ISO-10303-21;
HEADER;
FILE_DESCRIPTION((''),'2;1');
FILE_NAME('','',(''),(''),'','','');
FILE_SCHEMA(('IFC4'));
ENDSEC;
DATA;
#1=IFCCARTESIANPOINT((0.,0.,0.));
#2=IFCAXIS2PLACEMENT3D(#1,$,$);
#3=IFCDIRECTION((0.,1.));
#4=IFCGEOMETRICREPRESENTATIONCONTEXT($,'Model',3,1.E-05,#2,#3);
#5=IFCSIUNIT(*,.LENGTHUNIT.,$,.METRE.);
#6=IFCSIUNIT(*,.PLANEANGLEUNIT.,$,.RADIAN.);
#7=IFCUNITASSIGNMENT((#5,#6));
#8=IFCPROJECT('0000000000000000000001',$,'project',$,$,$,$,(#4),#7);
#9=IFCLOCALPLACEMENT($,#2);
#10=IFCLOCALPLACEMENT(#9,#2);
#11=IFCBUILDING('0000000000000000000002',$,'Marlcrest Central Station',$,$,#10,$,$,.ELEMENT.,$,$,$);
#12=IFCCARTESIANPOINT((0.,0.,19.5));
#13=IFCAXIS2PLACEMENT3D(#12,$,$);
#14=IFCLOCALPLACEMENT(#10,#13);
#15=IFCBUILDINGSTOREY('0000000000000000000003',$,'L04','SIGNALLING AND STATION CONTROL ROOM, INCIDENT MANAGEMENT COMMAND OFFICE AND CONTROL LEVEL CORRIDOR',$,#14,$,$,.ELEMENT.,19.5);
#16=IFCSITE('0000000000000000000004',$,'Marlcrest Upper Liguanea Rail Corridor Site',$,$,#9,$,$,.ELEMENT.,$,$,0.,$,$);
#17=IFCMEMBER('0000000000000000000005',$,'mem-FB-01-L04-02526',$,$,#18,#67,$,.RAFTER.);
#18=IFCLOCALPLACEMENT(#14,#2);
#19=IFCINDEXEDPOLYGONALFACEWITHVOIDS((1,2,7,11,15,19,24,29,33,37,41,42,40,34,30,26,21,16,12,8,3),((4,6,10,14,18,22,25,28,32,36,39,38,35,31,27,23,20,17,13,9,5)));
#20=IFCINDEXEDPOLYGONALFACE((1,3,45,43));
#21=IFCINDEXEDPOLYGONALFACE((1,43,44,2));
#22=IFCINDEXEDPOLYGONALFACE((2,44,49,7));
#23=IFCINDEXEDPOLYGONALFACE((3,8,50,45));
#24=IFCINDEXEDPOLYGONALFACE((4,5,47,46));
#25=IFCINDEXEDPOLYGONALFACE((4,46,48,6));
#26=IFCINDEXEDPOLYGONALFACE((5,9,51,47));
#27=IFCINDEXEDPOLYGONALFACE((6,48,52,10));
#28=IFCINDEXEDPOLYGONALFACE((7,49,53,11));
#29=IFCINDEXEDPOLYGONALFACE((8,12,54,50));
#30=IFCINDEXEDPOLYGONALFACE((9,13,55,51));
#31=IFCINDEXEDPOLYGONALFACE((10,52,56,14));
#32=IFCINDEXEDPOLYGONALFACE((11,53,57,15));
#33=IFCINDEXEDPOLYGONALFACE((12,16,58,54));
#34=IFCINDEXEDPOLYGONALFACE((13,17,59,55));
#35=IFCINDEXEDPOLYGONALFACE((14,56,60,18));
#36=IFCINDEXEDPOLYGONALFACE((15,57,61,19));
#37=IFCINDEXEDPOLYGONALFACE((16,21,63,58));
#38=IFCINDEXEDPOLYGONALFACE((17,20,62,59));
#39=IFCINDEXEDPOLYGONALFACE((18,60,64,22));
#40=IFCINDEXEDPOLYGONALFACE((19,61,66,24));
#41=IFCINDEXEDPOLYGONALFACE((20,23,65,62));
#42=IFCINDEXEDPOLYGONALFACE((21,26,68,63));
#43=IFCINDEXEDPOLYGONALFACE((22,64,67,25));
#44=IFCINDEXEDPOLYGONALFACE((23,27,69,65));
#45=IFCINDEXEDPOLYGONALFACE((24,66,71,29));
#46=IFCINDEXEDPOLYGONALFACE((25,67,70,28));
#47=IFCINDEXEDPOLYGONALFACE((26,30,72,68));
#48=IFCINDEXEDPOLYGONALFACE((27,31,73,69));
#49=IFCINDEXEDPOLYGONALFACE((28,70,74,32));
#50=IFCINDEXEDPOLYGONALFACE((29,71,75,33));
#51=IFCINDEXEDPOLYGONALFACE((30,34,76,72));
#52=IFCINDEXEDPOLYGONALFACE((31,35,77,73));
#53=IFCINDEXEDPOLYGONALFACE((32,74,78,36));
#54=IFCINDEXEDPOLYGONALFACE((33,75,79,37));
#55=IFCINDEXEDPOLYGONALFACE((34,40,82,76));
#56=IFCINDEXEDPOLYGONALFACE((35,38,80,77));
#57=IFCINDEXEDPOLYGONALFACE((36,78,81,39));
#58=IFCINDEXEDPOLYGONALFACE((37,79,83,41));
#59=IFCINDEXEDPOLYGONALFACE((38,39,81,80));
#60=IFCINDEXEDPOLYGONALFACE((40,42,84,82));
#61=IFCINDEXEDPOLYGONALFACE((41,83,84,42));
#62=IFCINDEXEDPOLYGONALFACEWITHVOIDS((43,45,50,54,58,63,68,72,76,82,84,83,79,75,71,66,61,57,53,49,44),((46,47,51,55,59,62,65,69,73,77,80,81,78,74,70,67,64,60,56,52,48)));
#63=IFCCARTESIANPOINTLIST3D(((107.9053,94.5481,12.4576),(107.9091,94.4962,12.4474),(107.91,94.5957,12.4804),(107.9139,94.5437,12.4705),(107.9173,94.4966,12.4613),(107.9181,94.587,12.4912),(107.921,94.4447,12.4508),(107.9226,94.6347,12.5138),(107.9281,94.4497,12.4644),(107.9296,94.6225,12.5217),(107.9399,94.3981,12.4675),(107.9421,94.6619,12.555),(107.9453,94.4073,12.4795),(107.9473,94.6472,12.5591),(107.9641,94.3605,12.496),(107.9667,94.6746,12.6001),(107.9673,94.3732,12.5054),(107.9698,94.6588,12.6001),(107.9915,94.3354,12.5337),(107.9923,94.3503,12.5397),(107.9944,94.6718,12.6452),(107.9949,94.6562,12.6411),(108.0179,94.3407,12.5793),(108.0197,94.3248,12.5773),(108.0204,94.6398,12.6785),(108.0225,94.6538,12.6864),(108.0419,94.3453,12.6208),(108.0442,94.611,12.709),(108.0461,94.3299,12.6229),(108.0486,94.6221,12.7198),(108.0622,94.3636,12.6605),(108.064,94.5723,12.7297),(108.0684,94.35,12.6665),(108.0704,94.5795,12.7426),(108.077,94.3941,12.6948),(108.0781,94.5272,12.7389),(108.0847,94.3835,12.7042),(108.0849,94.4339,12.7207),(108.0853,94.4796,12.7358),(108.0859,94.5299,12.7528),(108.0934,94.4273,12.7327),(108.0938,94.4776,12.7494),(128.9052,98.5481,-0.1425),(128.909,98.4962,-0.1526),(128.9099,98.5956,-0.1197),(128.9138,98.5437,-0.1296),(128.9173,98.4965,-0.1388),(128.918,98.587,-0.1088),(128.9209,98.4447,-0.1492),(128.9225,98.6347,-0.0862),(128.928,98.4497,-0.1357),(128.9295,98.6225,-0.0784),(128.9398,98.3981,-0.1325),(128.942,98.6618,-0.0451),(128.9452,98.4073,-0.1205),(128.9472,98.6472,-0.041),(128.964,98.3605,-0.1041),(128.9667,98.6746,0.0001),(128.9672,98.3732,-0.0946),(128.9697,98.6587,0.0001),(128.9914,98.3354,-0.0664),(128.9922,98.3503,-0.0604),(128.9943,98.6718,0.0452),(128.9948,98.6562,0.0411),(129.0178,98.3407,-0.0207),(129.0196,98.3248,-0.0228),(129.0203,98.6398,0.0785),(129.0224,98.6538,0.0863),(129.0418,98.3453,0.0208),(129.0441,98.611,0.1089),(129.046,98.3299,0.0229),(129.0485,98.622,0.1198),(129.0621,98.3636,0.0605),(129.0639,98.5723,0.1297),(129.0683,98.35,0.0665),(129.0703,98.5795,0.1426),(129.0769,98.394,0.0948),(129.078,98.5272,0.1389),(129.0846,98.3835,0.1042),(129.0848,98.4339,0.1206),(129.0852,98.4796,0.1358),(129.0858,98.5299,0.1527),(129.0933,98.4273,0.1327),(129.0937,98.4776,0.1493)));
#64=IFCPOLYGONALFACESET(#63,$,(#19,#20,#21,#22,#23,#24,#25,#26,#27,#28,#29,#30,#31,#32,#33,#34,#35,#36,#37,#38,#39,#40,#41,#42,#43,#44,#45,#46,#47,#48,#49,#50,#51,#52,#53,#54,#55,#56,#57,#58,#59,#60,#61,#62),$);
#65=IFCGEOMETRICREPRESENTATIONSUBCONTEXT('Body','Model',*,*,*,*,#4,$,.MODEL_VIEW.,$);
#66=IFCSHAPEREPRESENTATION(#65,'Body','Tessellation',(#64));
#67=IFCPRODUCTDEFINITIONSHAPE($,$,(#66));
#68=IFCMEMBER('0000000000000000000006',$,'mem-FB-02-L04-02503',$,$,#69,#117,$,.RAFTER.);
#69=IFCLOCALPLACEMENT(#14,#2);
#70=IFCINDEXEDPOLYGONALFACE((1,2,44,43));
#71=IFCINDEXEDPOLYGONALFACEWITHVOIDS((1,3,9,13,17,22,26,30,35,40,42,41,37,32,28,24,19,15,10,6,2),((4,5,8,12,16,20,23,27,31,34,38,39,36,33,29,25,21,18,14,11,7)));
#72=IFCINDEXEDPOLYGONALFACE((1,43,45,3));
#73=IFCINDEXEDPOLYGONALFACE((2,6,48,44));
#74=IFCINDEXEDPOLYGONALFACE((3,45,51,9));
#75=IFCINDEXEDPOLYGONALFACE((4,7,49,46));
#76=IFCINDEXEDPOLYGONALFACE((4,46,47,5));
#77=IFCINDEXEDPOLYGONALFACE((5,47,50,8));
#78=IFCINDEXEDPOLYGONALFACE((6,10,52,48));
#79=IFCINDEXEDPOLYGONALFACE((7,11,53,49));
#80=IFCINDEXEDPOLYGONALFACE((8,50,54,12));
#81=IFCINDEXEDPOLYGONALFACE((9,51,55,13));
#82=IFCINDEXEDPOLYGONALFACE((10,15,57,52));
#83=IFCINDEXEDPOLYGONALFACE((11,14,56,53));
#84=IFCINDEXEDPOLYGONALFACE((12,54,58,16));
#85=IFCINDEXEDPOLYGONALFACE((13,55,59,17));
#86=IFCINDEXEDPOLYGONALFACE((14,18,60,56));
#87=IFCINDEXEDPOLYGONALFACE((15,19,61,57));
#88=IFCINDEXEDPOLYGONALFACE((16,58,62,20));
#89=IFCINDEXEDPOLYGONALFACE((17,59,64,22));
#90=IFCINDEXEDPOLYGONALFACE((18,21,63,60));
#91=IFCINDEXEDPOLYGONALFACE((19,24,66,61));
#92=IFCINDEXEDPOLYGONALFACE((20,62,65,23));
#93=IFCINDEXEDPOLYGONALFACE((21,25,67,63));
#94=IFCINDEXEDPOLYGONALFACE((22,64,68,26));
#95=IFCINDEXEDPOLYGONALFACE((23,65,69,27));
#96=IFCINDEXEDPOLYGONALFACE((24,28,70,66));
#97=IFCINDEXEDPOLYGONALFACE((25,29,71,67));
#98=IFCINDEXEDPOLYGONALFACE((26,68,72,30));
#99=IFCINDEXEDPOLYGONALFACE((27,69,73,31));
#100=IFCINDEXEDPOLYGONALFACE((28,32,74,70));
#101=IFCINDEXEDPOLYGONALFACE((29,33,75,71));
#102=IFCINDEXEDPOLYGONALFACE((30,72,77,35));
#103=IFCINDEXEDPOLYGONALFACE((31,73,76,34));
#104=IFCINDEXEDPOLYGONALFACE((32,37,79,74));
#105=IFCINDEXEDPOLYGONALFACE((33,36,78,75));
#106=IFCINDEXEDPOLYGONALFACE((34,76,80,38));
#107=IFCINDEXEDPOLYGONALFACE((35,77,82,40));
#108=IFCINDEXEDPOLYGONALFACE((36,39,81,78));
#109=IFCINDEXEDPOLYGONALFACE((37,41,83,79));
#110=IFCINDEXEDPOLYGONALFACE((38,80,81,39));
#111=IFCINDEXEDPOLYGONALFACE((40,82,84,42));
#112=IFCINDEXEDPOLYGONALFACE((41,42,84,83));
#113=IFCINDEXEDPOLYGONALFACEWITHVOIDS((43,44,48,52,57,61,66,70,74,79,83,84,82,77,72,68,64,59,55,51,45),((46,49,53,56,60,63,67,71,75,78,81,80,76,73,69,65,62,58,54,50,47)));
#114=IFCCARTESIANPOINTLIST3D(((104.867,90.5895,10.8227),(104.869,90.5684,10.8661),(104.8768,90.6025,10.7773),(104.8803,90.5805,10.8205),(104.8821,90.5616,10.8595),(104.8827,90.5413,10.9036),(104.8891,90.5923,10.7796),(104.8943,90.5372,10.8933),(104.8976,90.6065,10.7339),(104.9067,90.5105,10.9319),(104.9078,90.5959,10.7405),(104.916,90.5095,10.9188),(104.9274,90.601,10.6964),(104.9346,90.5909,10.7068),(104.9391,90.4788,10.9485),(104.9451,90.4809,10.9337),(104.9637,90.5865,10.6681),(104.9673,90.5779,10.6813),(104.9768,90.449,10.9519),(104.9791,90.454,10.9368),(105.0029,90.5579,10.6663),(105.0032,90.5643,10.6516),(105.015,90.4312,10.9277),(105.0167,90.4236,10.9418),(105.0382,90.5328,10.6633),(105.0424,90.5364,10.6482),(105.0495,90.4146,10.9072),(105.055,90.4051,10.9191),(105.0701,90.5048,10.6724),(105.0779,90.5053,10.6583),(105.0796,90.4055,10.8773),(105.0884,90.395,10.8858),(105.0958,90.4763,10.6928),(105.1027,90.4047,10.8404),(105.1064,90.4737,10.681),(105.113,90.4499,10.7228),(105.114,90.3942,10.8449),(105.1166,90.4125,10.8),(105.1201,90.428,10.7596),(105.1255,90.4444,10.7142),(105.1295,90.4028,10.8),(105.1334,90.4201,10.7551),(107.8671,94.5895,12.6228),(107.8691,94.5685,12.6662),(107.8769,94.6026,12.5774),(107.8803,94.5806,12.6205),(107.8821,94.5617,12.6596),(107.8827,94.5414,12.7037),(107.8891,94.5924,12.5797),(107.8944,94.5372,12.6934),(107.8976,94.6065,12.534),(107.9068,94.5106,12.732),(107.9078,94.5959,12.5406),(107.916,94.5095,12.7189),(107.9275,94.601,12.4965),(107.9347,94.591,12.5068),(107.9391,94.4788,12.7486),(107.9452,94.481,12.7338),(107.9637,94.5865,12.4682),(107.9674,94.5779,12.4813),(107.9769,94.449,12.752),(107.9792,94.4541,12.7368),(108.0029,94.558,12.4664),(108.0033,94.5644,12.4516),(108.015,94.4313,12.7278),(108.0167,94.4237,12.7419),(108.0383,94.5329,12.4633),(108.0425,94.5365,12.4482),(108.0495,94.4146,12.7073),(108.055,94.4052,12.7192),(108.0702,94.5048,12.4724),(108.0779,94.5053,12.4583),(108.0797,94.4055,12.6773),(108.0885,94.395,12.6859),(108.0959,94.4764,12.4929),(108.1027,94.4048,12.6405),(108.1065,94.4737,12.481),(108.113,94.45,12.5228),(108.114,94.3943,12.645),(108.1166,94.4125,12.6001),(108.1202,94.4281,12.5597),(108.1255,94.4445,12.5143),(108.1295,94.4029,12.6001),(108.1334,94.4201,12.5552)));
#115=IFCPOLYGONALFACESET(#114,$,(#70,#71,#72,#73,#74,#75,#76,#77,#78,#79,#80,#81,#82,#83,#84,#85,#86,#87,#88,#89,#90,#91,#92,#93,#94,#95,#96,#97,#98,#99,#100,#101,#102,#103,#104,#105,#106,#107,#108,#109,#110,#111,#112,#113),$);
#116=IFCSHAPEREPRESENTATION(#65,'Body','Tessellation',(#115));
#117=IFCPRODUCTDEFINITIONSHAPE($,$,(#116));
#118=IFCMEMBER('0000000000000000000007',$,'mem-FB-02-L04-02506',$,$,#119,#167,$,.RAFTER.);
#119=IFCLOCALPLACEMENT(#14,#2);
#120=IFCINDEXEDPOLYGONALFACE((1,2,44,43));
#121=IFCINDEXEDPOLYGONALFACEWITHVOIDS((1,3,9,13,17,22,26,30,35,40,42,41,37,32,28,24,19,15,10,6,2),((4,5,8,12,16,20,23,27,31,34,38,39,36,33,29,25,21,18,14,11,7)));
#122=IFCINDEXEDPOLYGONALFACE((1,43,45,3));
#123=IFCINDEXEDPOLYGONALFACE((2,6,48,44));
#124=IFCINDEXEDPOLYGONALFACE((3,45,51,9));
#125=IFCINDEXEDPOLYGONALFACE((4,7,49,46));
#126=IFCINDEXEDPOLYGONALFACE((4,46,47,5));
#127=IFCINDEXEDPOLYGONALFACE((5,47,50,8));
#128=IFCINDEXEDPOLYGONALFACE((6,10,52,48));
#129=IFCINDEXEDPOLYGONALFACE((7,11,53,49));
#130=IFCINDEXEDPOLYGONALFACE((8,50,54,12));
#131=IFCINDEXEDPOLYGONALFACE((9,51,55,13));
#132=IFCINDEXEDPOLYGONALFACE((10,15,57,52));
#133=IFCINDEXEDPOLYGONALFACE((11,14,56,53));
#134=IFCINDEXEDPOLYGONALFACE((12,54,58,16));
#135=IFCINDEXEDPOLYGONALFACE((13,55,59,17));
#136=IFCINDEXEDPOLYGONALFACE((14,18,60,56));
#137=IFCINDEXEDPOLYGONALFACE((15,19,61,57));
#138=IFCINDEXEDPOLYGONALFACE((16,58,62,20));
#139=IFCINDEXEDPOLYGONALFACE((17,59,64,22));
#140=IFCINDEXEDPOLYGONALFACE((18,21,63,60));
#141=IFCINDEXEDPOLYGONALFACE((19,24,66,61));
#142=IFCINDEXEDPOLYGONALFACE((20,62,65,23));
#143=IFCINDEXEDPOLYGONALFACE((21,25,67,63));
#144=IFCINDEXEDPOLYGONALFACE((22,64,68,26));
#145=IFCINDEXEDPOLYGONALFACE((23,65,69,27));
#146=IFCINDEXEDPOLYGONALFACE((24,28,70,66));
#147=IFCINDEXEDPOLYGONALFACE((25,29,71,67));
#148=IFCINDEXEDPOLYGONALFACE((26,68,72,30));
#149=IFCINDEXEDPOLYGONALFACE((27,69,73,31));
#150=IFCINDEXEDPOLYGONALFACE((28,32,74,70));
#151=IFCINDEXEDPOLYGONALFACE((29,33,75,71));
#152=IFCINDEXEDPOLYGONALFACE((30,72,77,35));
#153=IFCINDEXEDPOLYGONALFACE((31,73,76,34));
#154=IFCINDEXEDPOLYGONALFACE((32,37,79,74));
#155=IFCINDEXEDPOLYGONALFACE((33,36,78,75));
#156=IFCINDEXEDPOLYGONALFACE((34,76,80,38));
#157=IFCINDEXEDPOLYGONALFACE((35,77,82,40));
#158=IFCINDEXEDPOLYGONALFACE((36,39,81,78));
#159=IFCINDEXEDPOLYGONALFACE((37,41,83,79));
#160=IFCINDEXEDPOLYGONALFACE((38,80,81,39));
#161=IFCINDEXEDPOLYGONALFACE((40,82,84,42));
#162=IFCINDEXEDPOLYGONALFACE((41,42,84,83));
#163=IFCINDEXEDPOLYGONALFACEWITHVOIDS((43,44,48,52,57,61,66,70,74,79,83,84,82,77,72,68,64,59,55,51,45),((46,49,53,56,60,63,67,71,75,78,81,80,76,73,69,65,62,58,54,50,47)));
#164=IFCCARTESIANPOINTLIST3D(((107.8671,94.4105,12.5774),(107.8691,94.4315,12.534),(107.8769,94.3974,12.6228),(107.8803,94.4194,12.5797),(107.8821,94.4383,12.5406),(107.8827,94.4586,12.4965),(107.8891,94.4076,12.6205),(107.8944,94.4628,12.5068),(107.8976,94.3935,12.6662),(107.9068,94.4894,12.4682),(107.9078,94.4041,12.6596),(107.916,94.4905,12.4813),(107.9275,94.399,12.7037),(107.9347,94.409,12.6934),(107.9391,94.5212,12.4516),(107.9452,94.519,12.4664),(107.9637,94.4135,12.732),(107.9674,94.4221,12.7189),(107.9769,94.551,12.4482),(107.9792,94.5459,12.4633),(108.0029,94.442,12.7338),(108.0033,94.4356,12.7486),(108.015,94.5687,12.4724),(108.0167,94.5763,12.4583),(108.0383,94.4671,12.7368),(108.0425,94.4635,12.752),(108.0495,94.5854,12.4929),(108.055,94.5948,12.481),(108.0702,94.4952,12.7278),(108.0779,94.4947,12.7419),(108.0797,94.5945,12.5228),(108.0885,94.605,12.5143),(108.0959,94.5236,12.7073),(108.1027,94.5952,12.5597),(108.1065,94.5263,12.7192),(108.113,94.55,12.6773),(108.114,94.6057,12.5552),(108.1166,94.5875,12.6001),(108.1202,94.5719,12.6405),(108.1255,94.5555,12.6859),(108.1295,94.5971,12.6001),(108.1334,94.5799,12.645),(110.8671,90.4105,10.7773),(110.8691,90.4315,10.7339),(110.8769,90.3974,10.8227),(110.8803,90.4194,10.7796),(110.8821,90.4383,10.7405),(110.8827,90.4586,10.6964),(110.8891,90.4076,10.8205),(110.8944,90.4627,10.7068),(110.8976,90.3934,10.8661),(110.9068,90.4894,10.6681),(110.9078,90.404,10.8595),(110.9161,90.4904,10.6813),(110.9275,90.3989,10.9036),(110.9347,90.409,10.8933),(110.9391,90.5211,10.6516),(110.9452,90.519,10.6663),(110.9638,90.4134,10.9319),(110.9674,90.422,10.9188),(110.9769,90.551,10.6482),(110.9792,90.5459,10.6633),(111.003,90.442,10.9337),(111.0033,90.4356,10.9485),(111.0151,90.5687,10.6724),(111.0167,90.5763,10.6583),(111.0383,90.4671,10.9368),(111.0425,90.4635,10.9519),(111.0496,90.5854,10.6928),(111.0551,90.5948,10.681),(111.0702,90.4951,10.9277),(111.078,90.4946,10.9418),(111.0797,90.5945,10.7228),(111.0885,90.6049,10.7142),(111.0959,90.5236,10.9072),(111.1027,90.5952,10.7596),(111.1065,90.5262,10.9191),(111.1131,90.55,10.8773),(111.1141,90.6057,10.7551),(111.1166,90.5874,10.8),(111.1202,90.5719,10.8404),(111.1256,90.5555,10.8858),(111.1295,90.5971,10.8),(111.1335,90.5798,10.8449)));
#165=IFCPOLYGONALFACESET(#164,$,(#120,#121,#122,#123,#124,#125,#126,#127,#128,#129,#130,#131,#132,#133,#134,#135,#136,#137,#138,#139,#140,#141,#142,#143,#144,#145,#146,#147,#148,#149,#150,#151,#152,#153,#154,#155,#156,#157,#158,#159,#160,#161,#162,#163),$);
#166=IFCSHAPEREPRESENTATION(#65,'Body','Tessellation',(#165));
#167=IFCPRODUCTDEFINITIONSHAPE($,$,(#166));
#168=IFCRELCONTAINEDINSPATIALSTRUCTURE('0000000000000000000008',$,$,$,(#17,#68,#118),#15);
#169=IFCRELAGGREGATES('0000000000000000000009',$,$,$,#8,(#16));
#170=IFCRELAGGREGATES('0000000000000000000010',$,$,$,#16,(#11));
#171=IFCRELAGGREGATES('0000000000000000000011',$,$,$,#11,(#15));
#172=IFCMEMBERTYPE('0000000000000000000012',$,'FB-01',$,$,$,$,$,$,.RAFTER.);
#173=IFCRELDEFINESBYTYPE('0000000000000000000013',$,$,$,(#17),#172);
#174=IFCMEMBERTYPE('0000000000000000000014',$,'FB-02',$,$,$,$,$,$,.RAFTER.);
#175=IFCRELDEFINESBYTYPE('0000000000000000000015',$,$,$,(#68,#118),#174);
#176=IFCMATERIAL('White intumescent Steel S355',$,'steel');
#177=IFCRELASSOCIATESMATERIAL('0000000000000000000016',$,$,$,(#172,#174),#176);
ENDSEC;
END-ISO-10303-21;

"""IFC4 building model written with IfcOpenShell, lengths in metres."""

from ifc_helpers import new_model, si_unit, direction, frame, origin, origin_2d, place, context, subcontext, project, spatial, hollow_circle, extrude, material, material_profile, profile_set, type_object, element, save


model = new_model("IFC4")

# Units and contexts
model_context = context("Model", 3, precision=1e-05, world=origin(), true_north=direction((0.0, 1.0)))
body_context = subcontext(model_context, "Body", "Model", "MODEL_VIEW")
ifc_project = project(units=[si_unit("LENGTHUNIT", "METRE"), si_unit("PLANEANGLEUNIT", "RADIAN")], contexts=[model_context])

# Site, building, storey
site_placement = place(None, origin())
site = spatial("IfcSite", under=ifc_project, at=site_placement, Name="Marlcrest Upper Liguanea Rail Corridor Site", CompositionType="ELEMENT", RefElevation=0.0)
building_placement = place(site_placement, origin())
building = spatial("IfcBuilding", under=site, at=building_placement, Name="Marlcrest Central Station", CompositionType="ELEMENT")
storey_placement = place(building_placement, frame((0.0, 0.0, 19.5)))
storey = spatial("IfcBuildingStorey", under=building, at=storey_placement, Name="L04", Description="SIGNALLING AND STATION CONTROL ROOM, INCIDENT MANAGEMENT COMMAND OFFICE AND CONTROL LEVEL CORRIDOR", CompositionType="ELEMENT", Elevation=19.5)

# Members
ifc_material_1 = material(Name="White intumescent Steel S355", Category="steel")
ifc_material_profile_1 = material_profile(ifc_material_1, hollow_circle(Radius=0.1777, WallThickness=0.0161, at=origin_2d()), Name="CHS 355.6x16")
ifc_profile_set_1 = profile_set([ifc_material_profile_1], Name="White intumescent Steel S355")
member_type_1 = type_object("IfcMemberType", Name="FB-01", PredefinedType="RAFTER", material=ifc_profile_set_1)
for number, where, z_axis, x_axis, name in (
    (1, (108.0, 94.5, 12.6001), (0.846277, 0.161196, -0.50777), (-0.187112, 0.982339, 0.0), "mem-FB-01-L04-02526"),
):
    element("IfcMember", number, at=place(storey_placement, frame(where, z_axis=z_axis, x_axis=x_axis)), inside=storey, type_object=member_type_1, Name=name, PredefinedType="RAFTER", context=body_context, shape_type="SweptSolid", body=[
        extrude(hollow_circle(Radius=0.1777, WallThickness=0.0161, at=origin_2d()), origin(), (0.0, 0.0, 1.0), 24.8145),
    ])
ifc_material_profile_2 = material_profile(ifc_material_1, hollow_circle(Radius=0.1619, WallThickness=0.0161, at=origin_2d()), Name="CHS 323.9x16")
ifc_profile_set_2 = profile_set([ifc_material_profile_2], Name="White intumescent Steel S355")
member_type_2 = type_object("IfcMemberType", Name="FB-02", PredefinedType="RAFTER", material=ifc_profile_set_2)
for number, where, z_axis, x_axis, name in (
    (2, (108.0, 94.5, 12.6001), (-0.564531, -0.752708, -0.338728), (0.8, -0.6, 0.0), "mem-FB-02-L04-02503"),
    (3, (108.0, 94.5, 12.6001), (0.564531, -0.752708, -0.338728), (0.8, 0.6, 0.0), "mem-FB-02-L04-02506"),
):
    element("IfcMember", number, at=place(storey_placement, frame(where, z_axis=z_axis, x_axis=x_axis)), inside=storey, type_object=member_type_2, Name=name, PredefinedType="RAFTER", context=body_context, shape_type="SweptSolid", body=[
        extrude(hollow_circle(Radius=0.1619, WallThickness=0.0161, at=origin_2d()), origin(), (0.0, 0.0, 1.0), 5.3142),
    ])

save(model, "model.ifc")
